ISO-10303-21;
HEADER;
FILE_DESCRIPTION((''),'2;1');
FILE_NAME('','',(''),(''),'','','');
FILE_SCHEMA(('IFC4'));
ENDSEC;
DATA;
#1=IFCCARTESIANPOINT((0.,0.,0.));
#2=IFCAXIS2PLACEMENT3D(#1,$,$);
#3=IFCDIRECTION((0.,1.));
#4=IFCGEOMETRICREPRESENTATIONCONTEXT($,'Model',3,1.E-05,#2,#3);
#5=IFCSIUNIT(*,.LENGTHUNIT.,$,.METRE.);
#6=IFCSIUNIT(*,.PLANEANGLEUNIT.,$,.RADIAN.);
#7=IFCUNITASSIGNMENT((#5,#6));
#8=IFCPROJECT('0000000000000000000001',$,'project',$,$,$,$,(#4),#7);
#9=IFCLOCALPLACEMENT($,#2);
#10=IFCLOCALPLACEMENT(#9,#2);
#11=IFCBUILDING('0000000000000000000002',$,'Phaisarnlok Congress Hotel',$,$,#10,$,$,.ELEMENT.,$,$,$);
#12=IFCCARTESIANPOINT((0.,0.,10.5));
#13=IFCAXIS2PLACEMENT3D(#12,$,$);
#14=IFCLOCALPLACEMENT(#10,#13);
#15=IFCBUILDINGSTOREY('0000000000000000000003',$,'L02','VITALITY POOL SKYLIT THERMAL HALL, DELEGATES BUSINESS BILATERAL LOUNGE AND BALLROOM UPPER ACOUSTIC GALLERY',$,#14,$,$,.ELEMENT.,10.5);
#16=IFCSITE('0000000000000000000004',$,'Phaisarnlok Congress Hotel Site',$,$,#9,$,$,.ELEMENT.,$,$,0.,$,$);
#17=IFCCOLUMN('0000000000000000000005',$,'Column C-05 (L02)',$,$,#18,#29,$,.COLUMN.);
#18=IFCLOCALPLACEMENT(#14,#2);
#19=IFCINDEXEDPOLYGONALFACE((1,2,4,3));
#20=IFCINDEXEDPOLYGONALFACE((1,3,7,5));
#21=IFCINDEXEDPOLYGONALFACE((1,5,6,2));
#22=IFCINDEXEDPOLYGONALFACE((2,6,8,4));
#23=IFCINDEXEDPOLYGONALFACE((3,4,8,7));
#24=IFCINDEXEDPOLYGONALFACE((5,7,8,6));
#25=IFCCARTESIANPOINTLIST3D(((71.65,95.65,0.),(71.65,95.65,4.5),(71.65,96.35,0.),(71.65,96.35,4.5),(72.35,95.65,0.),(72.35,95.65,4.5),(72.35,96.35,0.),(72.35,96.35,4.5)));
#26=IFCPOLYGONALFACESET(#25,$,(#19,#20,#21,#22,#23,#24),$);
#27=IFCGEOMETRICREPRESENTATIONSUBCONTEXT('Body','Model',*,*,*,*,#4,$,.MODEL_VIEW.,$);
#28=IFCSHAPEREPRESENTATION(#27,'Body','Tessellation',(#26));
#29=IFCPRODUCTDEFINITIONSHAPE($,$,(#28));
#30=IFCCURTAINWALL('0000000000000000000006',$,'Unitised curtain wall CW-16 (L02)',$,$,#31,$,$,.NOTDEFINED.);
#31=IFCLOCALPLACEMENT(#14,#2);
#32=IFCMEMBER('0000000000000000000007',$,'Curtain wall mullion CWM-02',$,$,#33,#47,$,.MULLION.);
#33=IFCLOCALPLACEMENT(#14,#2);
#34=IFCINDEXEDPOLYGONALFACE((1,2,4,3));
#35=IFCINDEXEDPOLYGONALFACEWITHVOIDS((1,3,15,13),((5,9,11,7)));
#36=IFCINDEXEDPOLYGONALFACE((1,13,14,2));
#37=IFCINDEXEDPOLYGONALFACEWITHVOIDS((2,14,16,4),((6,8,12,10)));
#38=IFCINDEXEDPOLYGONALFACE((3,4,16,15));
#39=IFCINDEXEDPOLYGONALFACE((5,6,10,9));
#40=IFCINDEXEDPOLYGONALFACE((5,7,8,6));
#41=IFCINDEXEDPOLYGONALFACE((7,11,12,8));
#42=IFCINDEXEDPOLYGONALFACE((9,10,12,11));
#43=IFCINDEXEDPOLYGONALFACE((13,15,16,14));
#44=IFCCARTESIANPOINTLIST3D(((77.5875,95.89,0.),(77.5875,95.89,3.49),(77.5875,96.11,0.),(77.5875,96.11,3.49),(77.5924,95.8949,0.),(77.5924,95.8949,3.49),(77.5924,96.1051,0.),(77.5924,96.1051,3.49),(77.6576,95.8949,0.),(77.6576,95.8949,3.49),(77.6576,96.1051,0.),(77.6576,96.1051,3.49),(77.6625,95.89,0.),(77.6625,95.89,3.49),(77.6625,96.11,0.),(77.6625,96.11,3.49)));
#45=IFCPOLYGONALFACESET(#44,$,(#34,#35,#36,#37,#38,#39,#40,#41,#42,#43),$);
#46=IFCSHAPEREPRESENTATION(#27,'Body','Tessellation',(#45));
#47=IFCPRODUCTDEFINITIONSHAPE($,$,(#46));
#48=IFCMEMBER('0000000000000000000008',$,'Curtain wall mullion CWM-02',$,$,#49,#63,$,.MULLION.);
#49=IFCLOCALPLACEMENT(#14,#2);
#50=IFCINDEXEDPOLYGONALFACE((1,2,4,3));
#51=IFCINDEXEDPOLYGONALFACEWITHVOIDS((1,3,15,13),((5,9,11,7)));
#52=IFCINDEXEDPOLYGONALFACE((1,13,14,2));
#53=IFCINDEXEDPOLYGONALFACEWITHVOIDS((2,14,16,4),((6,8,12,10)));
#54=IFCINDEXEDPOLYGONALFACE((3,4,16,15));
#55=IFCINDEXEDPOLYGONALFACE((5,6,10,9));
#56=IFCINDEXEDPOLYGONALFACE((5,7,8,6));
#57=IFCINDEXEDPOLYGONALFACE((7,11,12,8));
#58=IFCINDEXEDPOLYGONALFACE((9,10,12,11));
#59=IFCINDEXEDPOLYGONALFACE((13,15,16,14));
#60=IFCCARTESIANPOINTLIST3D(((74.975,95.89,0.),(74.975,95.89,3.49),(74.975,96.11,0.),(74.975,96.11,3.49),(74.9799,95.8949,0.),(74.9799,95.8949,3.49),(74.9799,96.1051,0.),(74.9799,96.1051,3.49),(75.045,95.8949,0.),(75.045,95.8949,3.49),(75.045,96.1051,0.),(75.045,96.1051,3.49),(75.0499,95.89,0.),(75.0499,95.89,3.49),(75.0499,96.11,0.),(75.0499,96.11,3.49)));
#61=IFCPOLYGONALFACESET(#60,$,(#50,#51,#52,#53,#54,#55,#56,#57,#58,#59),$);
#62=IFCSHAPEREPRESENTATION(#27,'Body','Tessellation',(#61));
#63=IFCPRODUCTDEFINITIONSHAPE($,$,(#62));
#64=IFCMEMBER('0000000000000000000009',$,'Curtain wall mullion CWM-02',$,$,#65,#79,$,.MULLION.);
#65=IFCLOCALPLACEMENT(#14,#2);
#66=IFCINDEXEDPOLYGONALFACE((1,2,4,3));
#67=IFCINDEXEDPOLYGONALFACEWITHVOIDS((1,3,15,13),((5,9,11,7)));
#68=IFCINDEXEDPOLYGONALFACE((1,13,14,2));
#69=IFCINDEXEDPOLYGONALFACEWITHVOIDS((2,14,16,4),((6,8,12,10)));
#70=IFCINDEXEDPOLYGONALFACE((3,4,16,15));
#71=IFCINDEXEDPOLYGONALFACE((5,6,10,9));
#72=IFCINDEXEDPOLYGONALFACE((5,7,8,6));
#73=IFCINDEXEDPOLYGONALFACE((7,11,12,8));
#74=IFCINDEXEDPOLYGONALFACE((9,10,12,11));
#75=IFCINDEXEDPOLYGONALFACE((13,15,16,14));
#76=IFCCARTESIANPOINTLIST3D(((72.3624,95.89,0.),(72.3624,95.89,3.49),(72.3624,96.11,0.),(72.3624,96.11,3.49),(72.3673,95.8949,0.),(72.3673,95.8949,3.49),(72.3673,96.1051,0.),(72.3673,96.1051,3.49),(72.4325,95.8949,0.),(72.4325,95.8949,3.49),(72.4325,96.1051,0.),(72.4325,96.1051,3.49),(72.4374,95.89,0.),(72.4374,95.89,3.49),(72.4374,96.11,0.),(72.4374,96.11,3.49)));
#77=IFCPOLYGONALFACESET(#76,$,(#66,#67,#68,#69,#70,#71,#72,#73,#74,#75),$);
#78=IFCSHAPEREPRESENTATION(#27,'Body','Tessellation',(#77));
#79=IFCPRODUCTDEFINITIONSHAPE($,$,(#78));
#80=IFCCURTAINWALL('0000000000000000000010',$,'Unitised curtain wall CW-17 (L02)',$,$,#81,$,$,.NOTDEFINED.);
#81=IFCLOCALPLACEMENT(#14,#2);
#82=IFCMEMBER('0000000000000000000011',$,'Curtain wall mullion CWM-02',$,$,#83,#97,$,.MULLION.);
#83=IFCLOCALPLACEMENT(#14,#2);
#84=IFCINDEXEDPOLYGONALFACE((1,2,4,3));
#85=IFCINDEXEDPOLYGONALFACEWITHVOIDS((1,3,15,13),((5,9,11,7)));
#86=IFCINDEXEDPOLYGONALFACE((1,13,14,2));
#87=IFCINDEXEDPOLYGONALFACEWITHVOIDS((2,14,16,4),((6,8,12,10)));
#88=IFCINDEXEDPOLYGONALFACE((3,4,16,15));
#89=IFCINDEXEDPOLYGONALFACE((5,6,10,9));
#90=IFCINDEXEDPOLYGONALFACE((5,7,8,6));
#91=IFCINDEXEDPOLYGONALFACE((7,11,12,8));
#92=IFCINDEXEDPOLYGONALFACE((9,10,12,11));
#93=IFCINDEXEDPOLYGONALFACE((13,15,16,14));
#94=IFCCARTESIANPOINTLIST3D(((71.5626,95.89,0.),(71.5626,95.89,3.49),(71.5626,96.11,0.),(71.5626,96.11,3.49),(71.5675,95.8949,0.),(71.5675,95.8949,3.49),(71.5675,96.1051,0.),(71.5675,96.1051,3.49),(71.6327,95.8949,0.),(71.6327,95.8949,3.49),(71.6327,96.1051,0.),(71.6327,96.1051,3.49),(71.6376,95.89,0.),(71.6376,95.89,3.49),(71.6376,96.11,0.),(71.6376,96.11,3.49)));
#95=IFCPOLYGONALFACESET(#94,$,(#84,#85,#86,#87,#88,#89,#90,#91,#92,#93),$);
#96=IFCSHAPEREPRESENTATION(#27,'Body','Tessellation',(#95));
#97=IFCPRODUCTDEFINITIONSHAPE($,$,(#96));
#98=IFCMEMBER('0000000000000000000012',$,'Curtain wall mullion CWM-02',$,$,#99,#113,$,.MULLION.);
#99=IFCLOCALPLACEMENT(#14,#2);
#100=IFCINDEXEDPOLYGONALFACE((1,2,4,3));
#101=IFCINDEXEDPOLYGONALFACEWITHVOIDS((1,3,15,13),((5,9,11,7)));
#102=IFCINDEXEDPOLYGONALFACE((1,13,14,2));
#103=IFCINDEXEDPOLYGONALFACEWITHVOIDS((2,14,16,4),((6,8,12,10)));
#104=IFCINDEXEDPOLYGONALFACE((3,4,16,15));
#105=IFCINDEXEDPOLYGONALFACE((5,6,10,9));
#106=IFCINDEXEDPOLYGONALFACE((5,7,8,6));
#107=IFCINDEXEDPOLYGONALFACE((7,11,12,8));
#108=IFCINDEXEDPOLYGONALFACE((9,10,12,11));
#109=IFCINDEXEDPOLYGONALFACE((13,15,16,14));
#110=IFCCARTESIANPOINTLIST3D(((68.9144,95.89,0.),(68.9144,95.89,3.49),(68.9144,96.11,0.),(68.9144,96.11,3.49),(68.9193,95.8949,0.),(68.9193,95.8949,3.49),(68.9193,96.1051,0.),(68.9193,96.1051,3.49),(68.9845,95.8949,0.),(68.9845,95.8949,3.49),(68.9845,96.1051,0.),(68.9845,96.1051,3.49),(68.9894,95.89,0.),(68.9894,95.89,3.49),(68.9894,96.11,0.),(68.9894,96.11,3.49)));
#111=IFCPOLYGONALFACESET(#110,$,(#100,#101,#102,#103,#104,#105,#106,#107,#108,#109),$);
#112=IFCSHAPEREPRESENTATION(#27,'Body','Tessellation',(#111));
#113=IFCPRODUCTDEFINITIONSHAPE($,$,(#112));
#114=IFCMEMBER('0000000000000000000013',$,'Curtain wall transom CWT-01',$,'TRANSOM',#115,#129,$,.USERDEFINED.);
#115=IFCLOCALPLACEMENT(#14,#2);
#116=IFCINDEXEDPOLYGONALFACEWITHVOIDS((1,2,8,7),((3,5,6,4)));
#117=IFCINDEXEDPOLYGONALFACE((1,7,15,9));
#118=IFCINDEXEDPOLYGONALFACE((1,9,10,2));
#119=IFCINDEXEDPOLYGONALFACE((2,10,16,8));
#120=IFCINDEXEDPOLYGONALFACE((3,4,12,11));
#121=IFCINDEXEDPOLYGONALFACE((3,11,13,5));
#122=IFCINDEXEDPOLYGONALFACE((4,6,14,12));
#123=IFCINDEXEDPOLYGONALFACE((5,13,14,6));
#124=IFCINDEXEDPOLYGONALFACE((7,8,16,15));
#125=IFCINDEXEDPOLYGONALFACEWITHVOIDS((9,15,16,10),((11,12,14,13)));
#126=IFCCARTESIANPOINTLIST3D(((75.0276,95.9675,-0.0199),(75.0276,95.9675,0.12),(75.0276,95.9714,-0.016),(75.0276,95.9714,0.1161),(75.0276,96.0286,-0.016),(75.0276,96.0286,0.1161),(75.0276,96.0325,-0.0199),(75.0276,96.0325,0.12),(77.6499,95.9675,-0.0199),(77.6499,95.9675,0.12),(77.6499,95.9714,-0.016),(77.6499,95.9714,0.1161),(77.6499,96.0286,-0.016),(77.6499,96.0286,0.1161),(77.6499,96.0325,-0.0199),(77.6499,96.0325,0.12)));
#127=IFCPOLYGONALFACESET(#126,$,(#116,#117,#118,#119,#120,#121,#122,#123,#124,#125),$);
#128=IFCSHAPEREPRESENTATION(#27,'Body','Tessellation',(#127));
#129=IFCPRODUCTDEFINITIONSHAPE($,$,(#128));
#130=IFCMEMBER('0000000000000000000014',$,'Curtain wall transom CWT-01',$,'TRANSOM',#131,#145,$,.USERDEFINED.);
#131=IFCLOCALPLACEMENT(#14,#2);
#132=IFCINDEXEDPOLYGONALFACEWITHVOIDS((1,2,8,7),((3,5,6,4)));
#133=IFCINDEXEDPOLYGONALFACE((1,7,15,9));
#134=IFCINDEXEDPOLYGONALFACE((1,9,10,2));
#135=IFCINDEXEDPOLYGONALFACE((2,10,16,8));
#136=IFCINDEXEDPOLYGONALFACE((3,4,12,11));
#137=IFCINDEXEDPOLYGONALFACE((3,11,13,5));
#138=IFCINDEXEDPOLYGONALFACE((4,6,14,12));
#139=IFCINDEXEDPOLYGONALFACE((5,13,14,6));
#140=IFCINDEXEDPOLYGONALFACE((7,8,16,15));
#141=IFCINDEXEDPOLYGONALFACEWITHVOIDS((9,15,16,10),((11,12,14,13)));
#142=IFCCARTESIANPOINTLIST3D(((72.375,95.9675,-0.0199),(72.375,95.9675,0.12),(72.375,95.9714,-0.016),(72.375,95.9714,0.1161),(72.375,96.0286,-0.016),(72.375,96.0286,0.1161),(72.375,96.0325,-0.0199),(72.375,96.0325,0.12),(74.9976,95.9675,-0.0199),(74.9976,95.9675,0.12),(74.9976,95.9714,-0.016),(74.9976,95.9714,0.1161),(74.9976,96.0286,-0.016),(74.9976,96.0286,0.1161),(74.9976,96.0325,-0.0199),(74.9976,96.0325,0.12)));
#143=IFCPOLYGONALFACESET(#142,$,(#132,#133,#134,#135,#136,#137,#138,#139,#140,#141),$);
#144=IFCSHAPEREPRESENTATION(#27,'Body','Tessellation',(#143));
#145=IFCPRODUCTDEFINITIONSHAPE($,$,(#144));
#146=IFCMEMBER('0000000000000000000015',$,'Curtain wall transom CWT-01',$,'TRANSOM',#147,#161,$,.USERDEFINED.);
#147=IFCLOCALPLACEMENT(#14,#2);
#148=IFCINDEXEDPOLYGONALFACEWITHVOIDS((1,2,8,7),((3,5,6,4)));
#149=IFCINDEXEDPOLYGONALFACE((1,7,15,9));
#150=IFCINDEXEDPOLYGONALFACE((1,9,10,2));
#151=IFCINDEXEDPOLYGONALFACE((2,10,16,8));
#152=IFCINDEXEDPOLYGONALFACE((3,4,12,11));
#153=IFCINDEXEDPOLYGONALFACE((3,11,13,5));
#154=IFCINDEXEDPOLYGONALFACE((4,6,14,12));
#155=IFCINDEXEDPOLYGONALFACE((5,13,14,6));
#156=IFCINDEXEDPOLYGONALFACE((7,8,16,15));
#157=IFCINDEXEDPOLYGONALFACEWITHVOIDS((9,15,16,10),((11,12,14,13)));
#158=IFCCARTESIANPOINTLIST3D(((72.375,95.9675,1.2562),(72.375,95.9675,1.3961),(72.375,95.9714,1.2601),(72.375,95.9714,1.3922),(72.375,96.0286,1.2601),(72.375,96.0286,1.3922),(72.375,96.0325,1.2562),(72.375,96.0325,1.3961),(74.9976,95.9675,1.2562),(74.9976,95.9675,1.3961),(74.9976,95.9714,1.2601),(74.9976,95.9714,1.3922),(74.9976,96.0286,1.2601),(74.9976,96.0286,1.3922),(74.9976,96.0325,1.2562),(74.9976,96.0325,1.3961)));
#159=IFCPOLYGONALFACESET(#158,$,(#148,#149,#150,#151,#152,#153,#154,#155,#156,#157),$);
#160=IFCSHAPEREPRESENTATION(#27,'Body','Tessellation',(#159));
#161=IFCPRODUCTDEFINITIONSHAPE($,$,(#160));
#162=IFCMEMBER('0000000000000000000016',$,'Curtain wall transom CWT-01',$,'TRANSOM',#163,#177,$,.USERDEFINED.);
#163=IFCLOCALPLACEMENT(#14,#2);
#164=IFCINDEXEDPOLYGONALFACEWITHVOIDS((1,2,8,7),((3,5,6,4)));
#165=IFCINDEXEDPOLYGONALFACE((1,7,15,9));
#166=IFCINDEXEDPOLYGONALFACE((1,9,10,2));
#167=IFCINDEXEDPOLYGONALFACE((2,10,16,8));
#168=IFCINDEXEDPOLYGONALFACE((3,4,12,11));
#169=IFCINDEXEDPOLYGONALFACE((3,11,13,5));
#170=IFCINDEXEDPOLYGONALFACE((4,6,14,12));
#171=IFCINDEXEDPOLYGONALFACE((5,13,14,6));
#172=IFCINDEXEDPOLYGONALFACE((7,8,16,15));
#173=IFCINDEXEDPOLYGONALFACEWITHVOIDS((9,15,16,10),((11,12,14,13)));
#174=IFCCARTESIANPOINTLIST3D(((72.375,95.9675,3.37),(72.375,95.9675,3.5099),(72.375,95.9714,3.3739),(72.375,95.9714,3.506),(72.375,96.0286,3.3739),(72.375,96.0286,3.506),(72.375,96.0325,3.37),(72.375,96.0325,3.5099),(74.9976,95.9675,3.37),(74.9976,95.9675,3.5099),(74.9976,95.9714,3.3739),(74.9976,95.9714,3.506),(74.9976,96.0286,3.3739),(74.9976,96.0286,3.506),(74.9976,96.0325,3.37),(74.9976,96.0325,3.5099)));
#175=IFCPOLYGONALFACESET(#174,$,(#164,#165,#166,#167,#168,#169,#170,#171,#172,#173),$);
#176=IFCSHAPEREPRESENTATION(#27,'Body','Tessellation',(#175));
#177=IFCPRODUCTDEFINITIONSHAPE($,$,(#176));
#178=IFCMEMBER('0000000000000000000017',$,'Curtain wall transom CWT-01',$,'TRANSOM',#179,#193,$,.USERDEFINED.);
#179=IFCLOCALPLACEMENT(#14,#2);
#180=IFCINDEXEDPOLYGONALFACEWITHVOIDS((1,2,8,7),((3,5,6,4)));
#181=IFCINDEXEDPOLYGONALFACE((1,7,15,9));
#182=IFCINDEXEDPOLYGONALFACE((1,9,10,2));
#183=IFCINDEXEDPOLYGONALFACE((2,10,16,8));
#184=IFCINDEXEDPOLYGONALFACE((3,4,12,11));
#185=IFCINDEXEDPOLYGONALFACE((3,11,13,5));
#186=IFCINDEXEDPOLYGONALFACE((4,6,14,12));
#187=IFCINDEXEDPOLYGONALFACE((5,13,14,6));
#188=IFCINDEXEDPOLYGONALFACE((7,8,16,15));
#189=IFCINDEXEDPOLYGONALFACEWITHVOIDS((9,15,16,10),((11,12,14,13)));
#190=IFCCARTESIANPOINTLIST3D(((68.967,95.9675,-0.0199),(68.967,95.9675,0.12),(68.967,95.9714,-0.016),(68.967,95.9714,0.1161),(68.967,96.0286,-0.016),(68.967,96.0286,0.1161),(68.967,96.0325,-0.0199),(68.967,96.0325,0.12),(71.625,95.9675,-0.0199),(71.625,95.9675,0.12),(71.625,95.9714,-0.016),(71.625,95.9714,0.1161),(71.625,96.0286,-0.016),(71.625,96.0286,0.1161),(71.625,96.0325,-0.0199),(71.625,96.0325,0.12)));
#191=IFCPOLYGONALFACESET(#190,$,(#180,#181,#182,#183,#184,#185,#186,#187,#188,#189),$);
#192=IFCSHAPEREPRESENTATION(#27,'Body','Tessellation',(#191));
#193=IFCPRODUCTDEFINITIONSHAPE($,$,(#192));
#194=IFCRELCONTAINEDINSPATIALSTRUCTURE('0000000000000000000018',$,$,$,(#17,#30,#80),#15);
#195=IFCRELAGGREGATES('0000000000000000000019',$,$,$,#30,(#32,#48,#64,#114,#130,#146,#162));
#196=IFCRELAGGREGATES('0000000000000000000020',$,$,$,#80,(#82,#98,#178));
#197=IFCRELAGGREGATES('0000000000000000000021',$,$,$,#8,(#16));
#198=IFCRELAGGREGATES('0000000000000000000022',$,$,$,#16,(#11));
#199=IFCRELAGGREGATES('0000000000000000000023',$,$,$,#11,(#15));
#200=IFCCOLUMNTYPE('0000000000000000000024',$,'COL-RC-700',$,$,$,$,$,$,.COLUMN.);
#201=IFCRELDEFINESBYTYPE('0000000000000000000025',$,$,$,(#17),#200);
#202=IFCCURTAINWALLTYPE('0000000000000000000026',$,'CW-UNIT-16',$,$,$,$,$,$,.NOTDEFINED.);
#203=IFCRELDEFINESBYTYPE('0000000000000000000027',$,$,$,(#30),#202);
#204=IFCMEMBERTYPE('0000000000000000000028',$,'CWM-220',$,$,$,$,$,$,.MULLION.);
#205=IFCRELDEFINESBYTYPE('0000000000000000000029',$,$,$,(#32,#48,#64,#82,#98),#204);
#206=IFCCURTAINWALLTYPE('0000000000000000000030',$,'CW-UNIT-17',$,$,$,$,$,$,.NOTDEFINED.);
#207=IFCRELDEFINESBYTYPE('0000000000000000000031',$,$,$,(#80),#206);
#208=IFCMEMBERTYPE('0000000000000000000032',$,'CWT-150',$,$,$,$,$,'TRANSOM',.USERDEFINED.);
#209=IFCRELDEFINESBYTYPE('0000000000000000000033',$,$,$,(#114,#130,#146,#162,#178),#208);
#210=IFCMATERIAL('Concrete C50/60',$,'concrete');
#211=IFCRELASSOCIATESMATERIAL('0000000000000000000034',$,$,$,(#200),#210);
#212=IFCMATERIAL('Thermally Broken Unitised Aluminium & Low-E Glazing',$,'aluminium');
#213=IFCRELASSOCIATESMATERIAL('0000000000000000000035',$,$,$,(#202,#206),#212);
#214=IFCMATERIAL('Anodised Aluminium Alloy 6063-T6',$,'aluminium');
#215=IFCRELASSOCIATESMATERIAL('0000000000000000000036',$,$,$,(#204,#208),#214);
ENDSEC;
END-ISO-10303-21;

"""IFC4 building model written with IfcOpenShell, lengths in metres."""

from ifc_helpers import new_model, si_unit, direction, frame, origin, origin_2d, place, context, subcontext, project, spatial, rectangle, hollow_rectangle, extrude, material, material_profile, profile_set, type_object, element, aggregate, save


model = new_model("IFC4")

# Units and contexts
model_context = context("Model", 3, precision=1e-05, world=origin(), true_north=direction((0.0, 1.0)))
body_context = subcontext(model_context, "Body", "Model", "MODEL_VIEW")
ifc_project = project(units=[si_unit("LENGTHUNIT", "METRE"), si_unit("PLANEANGLEUNIT", "RADIAN")], contexts=[model_context])

# Site, building, storey
site_placement = place(None, origin())
site = spatial("IfcSite", under=ifc_project, at=site_placement, Name="Phaisarnlok Congress Hotel Site", CompositionType="ELEMENT", RefElevation=0.0)
building_placement = place(site_placement, origin())
building = spatial("IfcBuilding", under=site, at=building_placement, Name="Phaisarnlok Congress Hotel", CompositionType="ELEMENT")
storey_placement = place(building_placement, frame((0.0, 0.0, 10.5)))
storey = spatial("IfcBuildingStorey", under=building, at=storey_placement, Name="L02", Description="VITALITY POOL SKYLIT THERMAL HALL, DELEGATES BUSINESS BILATERAL LOUNGE AND BALLROOM UPPER ACOUSTIC GALLERY", CompositionType="ELEMENT", Elevation=10.5)

# Column
ifc_material_1 = material(Name="Concrete C50/60", Category="concrete")
ifc_material_profile_1 = material_profile(ifc_material_1, rectangle(XDim=0.7, YDim=0.7, at=origin_2d()), Name="RC 700x700")
ifc_profile_set_1 = profile_set([ifc_material_profile_1], Name="Concrete C50/60")
column_type = type_object("IfcColumnType", Name="COL-RC-700", PredefinedType="COLUMN", material=ifc_profile_set_1)
column_placement = place(storey_placement, frame((72.0, 96.0, 0.0), z_axis=(0.0, 0.0, 1.0), x_axis=(1.0, 0.0, 0.0)))
element("IfcColumn", 1, at=column_placement, inside=storey, type_object=column_type, Name="Column C-05 (L02)", PredefinedType="COLUMN", context=body_context, shape_type="SweptSolid", body=[
    extrude(rectangle(XDim=0.7, YDim=0.7, at=origin_2d()), origin(), (0.0, 0.0, 1.0), 4.5),
])

# Curtain walls, members
ifc_material_2 = material(Name="Thermally Broken Unitised Aluminium & Low-E Glazing", Category="aluminium")
curtain_wall_type_1 = type_object("IfcCurtainWallType", Name="CW-UNIT-16", PredefinedType="NOTDEFINED", material=ifc_material_2)
curtain_wall_1_placement = place(storey_placement, origin())
curtain_wall_1 = element("IfcCurtainWall", 2, at=curtain_wall_1_placement, inside=storey, type_object=curtain_wall_type_1, Name="Unitised curtain wall CW-16 (L02)", PredefinedType="NOTDEFINED")
ifc_material_3 = material(Name="Anodised Aluminium Alloy 6063-T6", Category="aluminium")
ifc_material_profile_2 = material_profile(ifc_material_3, hollow_rectangle(XDim=0.075, YDim=0.22, WallThickness=0.0049, at=origin_2d()), Name="ALU-M 75x220x5")
ifc_profile_set_2 = profile_set([ifc_material_profile_2], Name="Anodised Aluminium Alloy 6063-T6")
member_type_1 = type_object("IfcMemberType", Name="CWM-220", PredefinedType="MULLION", material=ifc_profile_set_2)
member_1_placement = place(storey_placement, frame((77.625, 96.0, 0.0), z_axis=(0.0, 0.0, 1.0), x_axis=(-1.0, 0.0, 0.0)))
member_1 = element("IfcMember", 3, at=member_1_placement, type_object=member_type_1, Name="Curtain wall mullion CWM-02", PredefinedType="MULLION", context=body_context, shape_type="SweptSolid", body=[
    extrude(hollow_rectangle(XDim=0.075, YDim=0.22, WallThickness=0.0049, at=origin_2d()), origin(), (0.0, 0.0, 1.0), 3.49),
])
member_2_placement = place(storey_placement, frame((75.0125, 96.0, 0.0), z_axis=(0.0, 0.0, 1.0), x_axis=(-1.0, 0.0, 0.0)))
member_2 = element("IfcMember", 4, at=member_2_placement, type_object=member_type_1, Name="Curtain wall mullion CWM-02", PredefinedType="MULLION", context=body_context, shape_type="SweptSolid", body=[
    extrude(hollow_rectangle(XDim=0.075, YDim=0.22, WallThickness=0.0049, at=origin_2d()), origin(), (0.0, 0.0, 1.0), 3.49),
])
member_3_placement = place(storey_placement, frame((72.3999, 96.0, 0.0), z_axis=(0.0, 0.0, 1.0), x_axis=(-1.0, 0.0, 0.0)))
member_3 = element("IfcMember", 5, at=member_3_placement, type_object=member_type_1, Name="Curtain wall mullion CWM-02", PredefinedType="MULLION", context=body_context, shape_type="SweptSolid", body=[
    extrude(hollow_rectangle(XDim=0.075, YDim=0.22, WallThickness=0.0049, at=origin_2d()), origin(), (0.0, 0.0, 1.0), 3.49),
])
curtain_wall_type_2 = type_object("IfcCurtainWallType", Name="CW-UNIT-17", PredefinedType="NOTDEFINED", material=ifc_material_2)
curtain_wall_2_placement = place(storey_placement, origin())
curtain_wall_2 = element("IfcCurtainWall", 6, at=curtain_wall_2_placement, inside=storey, type_object=curtain_wall_type_2, Name="Unitised curtain wall CW-17 (L02)", PredefinedType="NOTDEFINED")
member_4_placement = place(storey_placement, frame((71.6001, 96.0, 0.0), z_axis=(0.0, 0.0, 1.0), x_axis=(-1.0, 0.0, 0.0)))
member_4 = element("IfcMember", 7, at=member_4_placement, type_object=member_type_1, Name="Curtain wall mullion CWM-02", PredefinedType="MULLION", context=body_context, shape_type="SweptSolid", body=[
    extrude(hollow_rectangle(XDim=0.075, YDim=0.22, WallThickness=0.0049, at=origin_2d()), origin(), (0.0, 0.0, 1.0), 3.49),
])
member_5_placement = place(storey_placement, frame((68.9519, 96.0, 0.0), z_axis=(0.0, 0.0, 1.0), x_axis=(-1.0, 0.0, 0.0)))
member_5 = element("IfcMember", 8, at=member_5_placement, type_object=member_type_1, Name="Curtain wall mullion CWM-02", PredefinedType="MULLION", context=body_context, shape_type="SweptSolid", body=[
    extrude(hollow_rectangle(XDim=0.075, YDim=0.22, WallThickness=0.0049, at=origin_2d()), origin(), (0.0, 0.0, 1.0), 3.49),
])

# Members
ifc_material_profile_3 = material_profile(ifc_material_3, hollow_rectangle(XDim=0.0649, YDim=0.1399, WallThickness=0.0039, at=origin_2d()), Name="ALU-T 65x140x4")
ifc_profile_set_3 = profile_set([ifc_material_profile_3], Name="Anodised Aluminium Alloy 6063-T6")
member_type_2 = type_object("IfcMemberType", Name="CWT-150", ElementType="TRANSOM", PredefinedType="USERDEFINED", material=ifc_profile_set_3)
member_6_placement = place(storey_placement, frame((77.6499, 96.0, 0.05), z_axis=(-1.0, 0.0, 0.0), x_axis=(0.0, -1.0, 0.0)))
member_6 = element("IfcMember", 9, at=member_6_placement, type_object=member_type_2, Name="Curtain wall transom CWT-01", ObjectType="TRANSOM", PredefinedType="USERDEFINED", context=body_context, shape_type="SweptSolid", body=[
    extrude(hollow_rectangle(XDim=0.0649, YDim=0.1399, WallThickness=0.0039, at=origin_2d()), origin(), (0.0, 0.0, 1.0), 2.6223),
])
member_7_placement = place(storey_placement, frame((74.9976, 96.0, 0.05), z_axis=(-1.0, 0.0, 0.0), x_axis=(0.0, -1.0, 0.0)))
member_7 = element("IfcMember", 10, at=member_7_placement, type_object=member_type_2, Name="Curtain wall transom CWT-01", ObjectType="TRANSOM", PredefinedType="USERDEFINED", context=body_context, shape_type="SweptSolid", body=[
    extrude(hollow_rectangle(XDim=0.0649, YDim=0.1399, WallThickness=0.0039, at=origin_2d()), origin(), (0.0, 0.0, 1.0), 2.6226),
])
member_8_placement = place(storey_placement, frame((74.9976, 96.0, 1.3262), z_axis=(-1.0, 0.0, 0.0), x_axis=(0.0, -1.0, 0.0)))
member_8 = element("IfcMember", 11, at=member_8_placement, type_object=member_type_2, Name="Curtain wall transom CWT-01", ObjectType="TRANSOM", PredefinedType="USERDEFINED", context=body_context, shape_type="SweptSolid", body=[
    extrude(hollow_rectangle(XDim=0.0649, YDim=0.1399, WallThickness=0.0039, at=origin_2d()), origin(), (0.0, 0.0, 1.0), 2.6226),
])
member_9_placement = place(storey_placement, frame((74.9976, 96.0, 3.4399), z_axis=(-1.0, 0.0, 0.0), x_axis=(0.0, -1.0, 0.0)))
member_9 = element("IfcMember", 12, at=member_9_placement, type_object=member_type_2, Name="Curtain wall transom CWT-01", ObjectType="TRANSOM", PredefinedType="USERDEFINED", context=body_context, shape_type="SweptSolid", body=[
    extrude(hollow_rectangle(XDim=0.0649, YDim=0.1399, WallThickness=0.0039, at=origin_2d()), origin(), (0.0, 0.0, 1.0), 2.6226),
])
member_10_placement = place(storey_placement, frame((71.625, 96.0, 0.05), z_axis=(-1.0, 0.0, 0.0), x_axis=(0.0, -1.0, 0.0)))
member_10 = element("IfcMember", 13, at=member_10_placement, type_object=member_type_2, Name="Curtain wall transom CWT-01", ObjectType="TRANSOM", PredefinedType="USERDEFINED", context=body_context, shape_type="SweptSolid", body=[
    extrude(hollow_rectangle(XDim=0.0649, YDim=0.1399, WallThickness=0.0039, at=origin_2d()), origin(), (0.0, 0.0, 1.0), 2.658),
])

aggregate(curtain_wall_1, [member_1, member_2, member_3, member_6, member_7, member_8, member_9])
aggregate(curtain_wall_2, [member_4, member_5, member_10])

save(model, "model.ifc")
